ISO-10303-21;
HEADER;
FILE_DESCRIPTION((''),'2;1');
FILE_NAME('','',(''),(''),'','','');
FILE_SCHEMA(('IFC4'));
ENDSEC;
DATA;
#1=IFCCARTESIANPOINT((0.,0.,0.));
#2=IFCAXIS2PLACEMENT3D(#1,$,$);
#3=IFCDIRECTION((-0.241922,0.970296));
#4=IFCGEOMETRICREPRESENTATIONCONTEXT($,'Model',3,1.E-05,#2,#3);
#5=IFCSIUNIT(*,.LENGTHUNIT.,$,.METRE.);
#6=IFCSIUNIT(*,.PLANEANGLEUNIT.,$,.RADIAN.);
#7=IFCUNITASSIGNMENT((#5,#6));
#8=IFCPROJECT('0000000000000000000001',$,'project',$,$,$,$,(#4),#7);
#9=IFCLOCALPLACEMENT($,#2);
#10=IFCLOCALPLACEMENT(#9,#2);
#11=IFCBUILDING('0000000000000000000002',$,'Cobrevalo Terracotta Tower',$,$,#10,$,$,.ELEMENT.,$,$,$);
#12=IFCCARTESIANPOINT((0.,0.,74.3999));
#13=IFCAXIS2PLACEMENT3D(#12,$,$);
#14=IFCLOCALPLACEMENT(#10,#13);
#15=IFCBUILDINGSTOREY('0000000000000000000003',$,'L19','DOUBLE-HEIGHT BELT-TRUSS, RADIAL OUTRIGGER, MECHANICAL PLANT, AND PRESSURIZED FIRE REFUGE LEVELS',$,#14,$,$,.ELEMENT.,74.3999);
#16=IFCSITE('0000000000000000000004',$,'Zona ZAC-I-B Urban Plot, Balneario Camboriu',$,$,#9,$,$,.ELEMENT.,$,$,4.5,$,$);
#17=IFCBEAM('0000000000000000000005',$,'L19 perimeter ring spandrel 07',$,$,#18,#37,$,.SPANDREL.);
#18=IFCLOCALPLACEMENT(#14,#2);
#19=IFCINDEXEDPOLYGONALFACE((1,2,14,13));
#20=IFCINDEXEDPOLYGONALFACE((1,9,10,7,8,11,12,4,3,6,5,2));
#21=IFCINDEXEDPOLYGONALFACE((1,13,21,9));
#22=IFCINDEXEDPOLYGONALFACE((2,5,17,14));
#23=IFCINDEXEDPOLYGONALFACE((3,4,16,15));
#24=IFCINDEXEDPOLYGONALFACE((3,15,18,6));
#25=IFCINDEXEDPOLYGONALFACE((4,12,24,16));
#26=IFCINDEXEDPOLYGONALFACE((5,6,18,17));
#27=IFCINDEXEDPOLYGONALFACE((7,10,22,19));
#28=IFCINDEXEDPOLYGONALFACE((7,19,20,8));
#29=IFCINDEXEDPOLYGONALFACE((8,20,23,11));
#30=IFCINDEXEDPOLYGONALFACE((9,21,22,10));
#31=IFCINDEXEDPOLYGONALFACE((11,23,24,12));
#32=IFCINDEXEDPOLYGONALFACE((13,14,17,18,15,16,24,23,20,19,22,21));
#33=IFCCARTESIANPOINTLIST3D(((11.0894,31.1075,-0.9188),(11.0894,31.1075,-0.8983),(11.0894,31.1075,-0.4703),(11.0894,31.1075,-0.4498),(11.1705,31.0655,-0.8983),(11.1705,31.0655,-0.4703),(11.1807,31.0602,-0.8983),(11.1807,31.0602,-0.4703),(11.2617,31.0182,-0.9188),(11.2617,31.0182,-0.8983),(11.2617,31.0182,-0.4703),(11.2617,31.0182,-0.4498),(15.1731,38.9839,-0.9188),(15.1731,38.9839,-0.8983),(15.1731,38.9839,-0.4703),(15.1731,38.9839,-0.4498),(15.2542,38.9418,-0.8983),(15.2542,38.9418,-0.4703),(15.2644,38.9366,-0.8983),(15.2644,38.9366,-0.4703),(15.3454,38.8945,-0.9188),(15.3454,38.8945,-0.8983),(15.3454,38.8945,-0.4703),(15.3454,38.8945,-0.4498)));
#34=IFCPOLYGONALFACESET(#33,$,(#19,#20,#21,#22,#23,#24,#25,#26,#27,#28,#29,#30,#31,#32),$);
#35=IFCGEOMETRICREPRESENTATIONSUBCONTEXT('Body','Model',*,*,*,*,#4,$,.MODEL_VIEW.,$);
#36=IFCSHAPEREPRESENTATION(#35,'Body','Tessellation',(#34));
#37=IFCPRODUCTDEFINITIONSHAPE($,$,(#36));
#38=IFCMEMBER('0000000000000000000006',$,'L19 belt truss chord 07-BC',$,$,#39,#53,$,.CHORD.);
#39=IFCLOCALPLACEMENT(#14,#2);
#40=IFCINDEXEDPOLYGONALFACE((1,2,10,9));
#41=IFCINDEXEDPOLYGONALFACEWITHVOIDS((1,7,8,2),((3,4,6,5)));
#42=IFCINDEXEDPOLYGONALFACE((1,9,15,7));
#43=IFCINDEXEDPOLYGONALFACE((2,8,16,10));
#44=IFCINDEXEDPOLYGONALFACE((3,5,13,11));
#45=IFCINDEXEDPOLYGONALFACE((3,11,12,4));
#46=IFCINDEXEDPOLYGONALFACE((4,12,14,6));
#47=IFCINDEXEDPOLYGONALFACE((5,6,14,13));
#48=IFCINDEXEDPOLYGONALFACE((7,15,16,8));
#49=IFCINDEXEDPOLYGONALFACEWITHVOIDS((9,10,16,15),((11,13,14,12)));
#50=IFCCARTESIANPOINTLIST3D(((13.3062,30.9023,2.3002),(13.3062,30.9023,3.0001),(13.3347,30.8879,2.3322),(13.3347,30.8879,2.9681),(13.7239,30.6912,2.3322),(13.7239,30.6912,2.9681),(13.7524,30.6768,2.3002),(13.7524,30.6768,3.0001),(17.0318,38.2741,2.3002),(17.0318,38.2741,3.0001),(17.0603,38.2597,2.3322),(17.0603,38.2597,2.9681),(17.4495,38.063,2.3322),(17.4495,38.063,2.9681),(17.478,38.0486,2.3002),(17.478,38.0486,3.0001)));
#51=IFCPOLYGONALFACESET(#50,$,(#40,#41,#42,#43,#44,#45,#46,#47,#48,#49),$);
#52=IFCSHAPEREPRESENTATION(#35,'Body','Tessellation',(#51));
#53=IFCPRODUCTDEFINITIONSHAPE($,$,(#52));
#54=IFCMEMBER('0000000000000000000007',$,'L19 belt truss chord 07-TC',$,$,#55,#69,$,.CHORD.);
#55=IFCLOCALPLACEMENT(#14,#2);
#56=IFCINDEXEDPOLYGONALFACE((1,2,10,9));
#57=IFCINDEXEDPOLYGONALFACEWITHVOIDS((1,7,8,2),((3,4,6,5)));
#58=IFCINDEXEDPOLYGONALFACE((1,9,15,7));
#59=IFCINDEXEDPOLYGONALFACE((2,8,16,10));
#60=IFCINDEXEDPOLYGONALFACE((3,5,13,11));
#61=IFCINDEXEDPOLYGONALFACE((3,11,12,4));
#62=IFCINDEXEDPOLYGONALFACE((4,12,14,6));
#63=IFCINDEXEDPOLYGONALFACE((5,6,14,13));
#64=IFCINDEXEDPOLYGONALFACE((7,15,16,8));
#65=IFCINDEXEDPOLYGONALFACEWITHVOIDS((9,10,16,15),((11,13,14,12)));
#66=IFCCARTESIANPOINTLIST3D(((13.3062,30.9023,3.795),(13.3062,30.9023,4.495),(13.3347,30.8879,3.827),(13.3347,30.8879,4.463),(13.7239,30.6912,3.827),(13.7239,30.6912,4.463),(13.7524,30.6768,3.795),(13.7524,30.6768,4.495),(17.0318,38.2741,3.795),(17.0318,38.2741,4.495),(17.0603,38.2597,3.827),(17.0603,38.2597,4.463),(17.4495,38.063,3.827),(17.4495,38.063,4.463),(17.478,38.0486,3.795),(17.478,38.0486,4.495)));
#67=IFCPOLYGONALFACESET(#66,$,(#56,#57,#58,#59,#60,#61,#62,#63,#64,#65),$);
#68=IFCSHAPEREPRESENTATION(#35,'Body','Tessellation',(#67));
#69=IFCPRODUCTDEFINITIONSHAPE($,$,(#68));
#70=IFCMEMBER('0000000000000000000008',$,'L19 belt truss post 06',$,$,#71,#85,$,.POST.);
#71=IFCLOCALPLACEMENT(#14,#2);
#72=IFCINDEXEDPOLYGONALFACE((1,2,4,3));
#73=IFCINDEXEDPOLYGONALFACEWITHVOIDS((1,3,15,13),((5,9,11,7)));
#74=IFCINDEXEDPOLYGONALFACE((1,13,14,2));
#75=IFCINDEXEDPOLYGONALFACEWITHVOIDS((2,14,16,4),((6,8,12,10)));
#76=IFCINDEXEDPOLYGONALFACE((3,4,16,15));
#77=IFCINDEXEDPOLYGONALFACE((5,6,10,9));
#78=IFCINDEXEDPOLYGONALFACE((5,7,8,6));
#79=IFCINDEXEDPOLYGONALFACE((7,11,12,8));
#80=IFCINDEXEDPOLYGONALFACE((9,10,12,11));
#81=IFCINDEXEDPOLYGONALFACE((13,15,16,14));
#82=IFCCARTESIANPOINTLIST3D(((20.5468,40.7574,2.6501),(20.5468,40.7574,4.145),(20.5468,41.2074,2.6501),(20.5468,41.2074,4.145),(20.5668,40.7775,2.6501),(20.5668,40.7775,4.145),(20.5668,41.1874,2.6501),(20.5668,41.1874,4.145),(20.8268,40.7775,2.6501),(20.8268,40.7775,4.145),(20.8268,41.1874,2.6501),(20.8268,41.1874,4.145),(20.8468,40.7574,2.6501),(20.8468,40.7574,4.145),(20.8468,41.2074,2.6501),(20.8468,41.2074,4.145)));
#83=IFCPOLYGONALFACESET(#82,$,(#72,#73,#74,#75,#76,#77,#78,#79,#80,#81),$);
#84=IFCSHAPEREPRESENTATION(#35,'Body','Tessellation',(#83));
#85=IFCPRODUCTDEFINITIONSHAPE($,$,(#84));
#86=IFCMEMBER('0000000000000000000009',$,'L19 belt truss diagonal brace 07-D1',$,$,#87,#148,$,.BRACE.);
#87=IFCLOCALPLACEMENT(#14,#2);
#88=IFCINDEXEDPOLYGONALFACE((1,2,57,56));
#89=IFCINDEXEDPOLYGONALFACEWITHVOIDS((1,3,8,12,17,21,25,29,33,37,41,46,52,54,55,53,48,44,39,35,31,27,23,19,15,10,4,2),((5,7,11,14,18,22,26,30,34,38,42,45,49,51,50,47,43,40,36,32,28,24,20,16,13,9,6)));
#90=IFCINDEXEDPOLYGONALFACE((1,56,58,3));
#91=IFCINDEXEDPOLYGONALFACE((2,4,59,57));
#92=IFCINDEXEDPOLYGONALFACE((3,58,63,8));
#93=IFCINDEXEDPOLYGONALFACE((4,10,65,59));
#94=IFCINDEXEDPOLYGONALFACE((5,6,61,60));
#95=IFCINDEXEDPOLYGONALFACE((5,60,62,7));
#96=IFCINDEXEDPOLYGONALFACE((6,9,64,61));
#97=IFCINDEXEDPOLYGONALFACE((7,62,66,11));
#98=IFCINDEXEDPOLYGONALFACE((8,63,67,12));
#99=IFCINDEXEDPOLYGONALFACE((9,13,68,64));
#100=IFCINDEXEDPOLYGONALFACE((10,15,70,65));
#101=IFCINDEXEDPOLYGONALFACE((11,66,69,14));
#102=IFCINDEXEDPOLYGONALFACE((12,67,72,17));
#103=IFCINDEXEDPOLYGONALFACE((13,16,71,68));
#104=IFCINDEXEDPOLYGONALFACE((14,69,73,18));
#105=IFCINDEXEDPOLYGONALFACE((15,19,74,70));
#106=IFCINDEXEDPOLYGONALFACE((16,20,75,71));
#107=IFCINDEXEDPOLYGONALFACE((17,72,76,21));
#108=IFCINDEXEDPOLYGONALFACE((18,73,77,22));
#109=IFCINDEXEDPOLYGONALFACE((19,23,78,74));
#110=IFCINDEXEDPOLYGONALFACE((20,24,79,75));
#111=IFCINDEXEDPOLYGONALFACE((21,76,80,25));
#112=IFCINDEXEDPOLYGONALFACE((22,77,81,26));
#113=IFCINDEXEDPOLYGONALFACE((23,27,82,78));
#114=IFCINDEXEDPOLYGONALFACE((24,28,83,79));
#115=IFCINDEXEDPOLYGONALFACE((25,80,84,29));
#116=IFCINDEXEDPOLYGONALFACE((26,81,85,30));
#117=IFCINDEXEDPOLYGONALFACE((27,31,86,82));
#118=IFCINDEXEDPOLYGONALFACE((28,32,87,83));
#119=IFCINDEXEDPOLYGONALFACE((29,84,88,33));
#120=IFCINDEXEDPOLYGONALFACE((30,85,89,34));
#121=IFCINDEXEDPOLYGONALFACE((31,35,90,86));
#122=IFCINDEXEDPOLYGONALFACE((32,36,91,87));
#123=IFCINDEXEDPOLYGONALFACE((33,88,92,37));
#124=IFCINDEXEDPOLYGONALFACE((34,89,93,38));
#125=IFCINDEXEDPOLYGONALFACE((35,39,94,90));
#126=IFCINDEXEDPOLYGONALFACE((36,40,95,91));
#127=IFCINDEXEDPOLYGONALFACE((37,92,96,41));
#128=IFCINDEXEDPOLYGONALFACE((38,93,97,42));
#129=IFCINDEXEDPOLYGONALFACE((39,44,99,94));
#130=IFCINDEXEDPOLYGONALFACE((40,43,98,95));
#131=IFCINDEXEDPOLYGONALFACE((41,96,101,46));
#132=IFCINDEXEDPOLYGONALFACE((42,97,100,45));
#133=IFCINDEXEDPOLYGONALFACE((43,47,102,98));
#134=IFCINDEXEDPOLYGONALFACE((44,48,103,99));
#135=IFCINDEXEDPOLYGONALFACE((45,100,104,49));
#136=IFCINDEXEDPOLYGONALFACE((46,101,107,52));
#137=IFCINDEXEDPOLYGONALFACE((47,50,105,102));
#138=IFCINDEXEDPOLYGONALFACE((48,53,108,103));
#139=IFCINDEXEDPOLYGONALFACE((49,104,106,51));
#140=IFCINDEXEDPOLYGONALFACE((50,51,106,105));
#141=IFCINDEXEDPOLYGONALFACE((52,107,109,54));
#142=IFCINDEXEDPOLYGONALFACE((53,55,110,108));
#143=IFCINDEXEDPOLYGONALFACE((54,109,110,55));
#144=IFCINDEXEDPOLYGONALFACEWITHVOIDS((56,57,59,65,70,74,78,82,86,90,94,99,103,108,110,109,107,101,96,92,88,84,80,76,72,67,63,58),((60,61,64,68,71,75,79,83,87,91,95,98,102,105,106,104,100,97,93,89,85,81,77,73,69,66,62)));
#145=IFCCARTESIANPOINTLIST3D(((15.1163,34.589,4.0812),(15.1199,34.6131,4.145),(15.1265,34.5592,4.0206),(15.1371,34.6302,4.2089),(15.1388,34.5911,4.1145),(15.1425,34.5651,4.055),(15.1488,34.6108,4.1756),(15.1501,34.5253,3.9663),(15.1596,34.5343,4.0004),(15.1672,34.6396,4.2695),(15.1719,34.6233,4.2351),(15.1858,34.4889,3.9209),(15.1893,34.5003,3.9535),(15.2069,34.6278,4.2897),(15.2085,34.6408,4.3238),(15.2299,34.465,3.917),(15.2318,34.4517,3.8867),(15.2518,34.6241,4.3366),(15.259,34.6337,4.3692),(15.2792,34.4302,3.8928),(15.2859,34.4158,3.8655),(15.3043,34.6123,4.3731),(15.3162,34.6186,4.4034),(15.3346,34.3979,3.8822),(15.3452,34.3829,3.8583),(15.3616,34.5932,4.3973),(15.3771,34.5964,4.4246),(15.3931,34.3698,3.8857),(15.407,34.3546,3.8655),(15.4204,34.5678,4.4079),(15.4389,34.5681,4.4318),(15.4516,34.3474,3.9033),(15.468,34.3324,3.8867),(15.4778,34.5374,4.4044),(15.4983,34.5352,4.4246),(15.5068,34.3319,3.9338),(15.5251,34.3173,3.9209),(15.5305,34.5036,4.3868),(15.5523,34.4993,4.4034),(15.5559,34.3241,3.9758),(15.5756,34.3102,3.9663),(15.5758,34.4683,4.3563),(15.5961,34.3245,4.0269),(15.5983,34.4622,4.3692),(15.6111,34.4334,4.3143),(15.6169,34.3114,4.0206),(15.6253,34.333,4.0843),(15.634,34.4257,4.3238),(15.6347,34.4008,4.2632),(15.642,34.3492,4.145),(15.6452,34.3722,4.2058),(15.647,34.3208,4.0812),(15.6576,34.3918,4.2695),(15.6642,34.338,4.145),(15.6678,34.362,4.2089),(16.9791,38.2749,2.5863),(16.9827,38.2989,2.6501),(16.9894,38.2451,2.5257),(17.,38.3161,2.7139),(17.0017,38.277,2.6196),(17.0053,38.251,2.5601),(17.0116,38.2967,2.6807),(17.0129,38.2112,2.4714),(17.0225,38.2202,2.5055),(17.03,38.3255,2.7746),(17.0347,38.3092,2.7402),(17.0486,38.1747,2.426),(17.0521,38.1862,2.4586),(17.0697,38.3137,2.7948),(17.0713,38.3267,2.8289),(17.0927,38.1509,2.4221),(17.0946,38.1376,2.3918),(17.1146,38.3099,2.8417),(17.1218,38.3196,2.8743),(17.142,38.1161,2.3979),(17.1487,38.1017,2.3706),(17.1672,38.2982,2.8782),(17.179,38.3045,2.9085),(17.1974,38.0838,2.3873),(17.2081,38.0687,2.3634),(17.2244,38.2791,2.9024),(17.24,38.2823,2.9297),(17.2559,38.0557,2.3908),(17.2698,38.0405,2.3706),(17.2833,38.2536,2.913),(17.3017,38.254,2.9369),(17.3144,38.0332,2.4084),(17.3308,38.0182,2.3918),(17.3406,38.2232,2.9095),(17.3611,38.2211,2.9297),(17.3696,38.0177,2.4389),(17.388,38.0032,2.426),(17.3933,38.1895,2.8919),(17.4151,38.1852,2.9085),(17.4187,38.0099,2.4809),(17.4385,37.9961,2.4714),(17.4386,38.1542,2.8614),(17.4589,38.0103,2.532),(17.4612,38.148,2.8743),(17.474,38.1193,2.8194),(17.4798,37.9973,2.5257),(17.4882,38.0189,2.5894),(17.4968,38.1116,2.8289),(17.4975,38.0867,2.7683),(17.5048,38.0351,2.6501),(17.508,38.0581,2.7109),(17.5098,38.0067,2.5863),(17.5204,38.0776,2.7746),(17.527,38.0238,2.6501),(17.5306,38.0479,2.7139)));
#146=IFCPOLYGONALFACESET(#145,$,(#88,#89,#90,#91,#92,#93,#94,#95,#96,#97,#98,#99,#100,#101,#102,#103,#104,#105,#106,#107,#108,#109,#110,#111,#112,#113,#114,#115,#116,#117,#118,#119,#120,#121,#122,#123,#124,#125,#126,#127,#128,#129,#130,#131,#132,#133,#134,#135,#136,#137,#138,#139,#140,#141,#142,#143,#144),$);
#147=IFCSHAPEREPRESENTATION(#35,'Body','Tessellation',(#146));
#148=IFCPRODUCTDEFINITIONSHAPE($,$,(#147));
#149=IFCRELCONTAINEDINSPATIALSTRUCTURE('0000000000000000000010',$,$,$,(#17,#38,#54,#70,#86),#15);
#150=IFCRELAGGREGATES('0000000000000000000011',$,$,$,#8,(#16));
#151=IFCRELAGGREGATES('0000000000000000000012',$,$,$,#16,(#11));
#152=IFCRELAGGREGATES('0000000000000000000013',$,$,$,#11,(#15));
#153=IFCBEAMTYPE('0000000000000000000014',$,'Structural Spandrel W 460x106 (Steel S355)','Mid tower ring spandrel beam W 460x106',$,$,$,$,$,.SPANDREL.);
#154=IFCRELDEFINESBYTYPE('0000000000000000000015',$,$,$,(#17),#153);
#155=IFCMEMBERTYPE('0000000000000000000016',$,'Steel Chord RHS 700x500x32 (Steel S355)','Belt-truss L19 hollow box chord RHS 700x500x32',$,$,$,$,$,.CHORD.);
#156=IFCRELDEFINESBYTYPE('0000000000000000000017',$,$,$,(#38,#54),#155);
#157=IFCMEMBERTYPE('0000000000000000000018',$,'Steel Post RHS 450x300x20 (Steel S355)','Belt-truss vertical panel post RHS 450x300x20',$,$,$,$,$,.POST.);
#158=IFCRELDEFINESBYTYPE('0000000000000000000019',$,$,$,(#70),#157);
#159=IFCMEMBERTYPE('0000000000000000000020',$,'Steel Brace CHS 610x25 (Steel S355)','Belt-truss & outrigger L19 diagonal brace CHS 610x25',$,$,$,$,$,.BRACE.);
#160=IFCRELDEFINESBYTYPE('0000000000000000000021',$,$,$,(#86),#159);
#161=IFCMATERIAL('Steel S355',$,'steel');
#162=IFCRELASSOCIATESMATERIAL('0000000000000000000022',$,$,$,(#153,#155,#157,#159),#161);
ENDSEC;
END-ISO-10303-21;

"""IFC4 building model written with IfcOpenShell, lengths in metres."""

from ifc_helpers import new_model, si_unit, direction, frame, origin, origin_2d, place, context, subcontext, project, spatial, hollow_rectangle, hollow_circle, i_section, extrude, source, transform, mapped, material, material_profile, profile_set, type_object, element, save


model = new_model("IFC4")

# Units and contexts
model_context = context("Model", 3, precision=1e-05, world=origin(), true_north=direction((-0.241922, 0.970296)))
body_context = subcontext(model_context, "Body", "Model", "MODEL_VIEW")
ifc_project = project(units=[si_unit("LENGTHUNIT", "METRE"), si_unit("PLANEANGLEUNIT", "RADIAN")], contexts=[model_context])

# Site, building, storey
site_placement = place(None, origin())
site = spatial("IfcSite", under=ifc_project, at=site_placement, Name="Zona ZAC-I-B Urban Plot, Balneario Camboriu", CompositionType="ELEMENT", RefElevation=4.5)
building_placement = place(site_placement, origin())
building = spatial("IfcBuilding", under=site, at=building_placement, Name="Cobrevalo Terracotta Tower", CompositionType="ELEMENT")
storey_placement = place(building_placement, frame((0.0, 0.0, 74.3999)))
storey = spatial("IfcBuildingStorey", under=building, at=storey_placement, Name="L19", Description="DOUBLE-HEIGHT BELT-TRUSS, RADIAL OUTRIGGER, MECHANICAL PLANT, AND PRESSURIZED FIRE REFUGE LEVELS", CompositionType="ELEMENT", Elevation=74.3999)

# Shared definitions
ifc_material_1 = material(Name="Steel S355", Category="steel")

# Beam
ifc_material_profile_1 = material_profile(ifc_material_1, i_section(OverallWidth=0.1941, OverallDepth=0.469, WebThickness=0.0115, FlangeThickness=0.0205, at=origin_2d()), Name="W 460x106")
ifc_profile_set_1 = profile_set([ifc_material_profile_1], Name="Steel S355")
beam_type_1 = type_object("IfcBeamType", Name="Structural Spandrel W 460x106 (Steel S355)", Description="Mid tower ring spandrel beam W 460x106", PredefinedType="SPANDREL", material=ifc_profile_set_1)
beam_1_placement = place(storey_placement, frame((15.2593, 38.9392, -0.6843), z_axis=(-0.460286, -0.887771, 0.0), x_axis=(0.887771, -0.460286, 0.0)))
element("IfcBeam", 1, at=beam_1_placement, inside=storey, type_object=beam_type_1, Name="L19 perimeter ring spandrel 07", PredefinedType="SPANDREL", context=body_context, shape_type="SweptSolid", body=[
    extrude(i_section(OverallWidth=0.1941, OverallDepth=0.469, WebThickness=0.0115, FlangeThickness=0.0205, at=origin_2d()), origin(), (0.0, 0.0, 1.0), 8.8721),
])

# Members
ifc_material_profile_2 = material_profile(ifc_material_1, hollow_rectangle(XDim=0.5, YDim=0.7, WallThickness=0.032, at=origin_2d()), Name="RHS 700x500x32")
ifc_profile_set_2 = profile_set([ifc_material_profile_2], Name="Steel S355")
member_type_1 = type_object("IfcMemberType", Name="Steel Chord RHS 700x500x32 (Steel S355)", Description="Belt-truss L19 hollow box chord RHS 700x500x32", PredefinedType="CHORD", material=ifc_profile_set_2)
shared_shape_1 = source(origin(), body_context, "Body", "SweptSolid", [
    extrude(hollow_rectangle(XDim=0.5, YDim=0.7, WallThickness=0.032, at=origin_2d()), origin(), (0.0, 0.0, 1.0), 8.2598),
])
for number, where, z_axis, x_axis, name in (
    (2, (17.2549, 38.1614, 2.6501), (-0.451052, -0.892498, 0.0), (0.892498, -0.451052, 0.0), "L19 belt truss chord 07-BC"),
    (3, (17.2549, 38.1614, 4.145), (-0.451052, -0.892498, 0.0), (0.892498, -0.451052, 0.0), "L19 belt truss chord 07-TC"),
):
    element("IfcMember", number, at=place(storey_placement, frame(where, z_axis=z_axis, x_axis=x_axis)), inside=storey, type_object=member_type_1, Name=name, PredefinedType="CHORD", context=body_context, shape_type="MappedRepresentation", body=[
        mapped(shared_shape_1, transform((0.0, 0.0, 0.0), scale=1.0)),
    ])
ifc_material_profile_3 = material_profile(ifc_material_1, hollow_rectangle(XDim=0.3, YDim=0.45, WallThickness=0.02, at=origin_2d()), Name="RHS 450x300x20")
ifc_profile_set_3 = profile_set([ifc_material_profile_3], Name="Steel S355")
member_type_2 = type_object("IfcMemberType", Name="Steel Post RHS 450x300x20 (Steel S355)", Description="Belt-truss vertical panel post RHS 450x300x20", PredefinedType="POST", material=ifc_profile_set_3)
shared_shape_2 = source(origin(), body_context, "Body", "SweptSolid", [
    extrude(hollow_rectangle(XDim=0.3, YDim=0.45, WallThickness=0.02, at=origin_2d()), origin(), (0.0, 0.0, 1.0), 1.4949),
])
member_1_placement = place(storey_placement, frame((20.6968, 40.9824, 2.6501), z_axis=(0.0, 0.0, 1.0), x_axis=(1.0, 0.0, 0.0)))
element("IfcMember", 4, at=member_1_placement, inside=storey, type_object=member_type_2, Name="L19 belt truss post 06", PredefinedType="POST", context=body_context, shape_type="MappedRepresentation", body=[
    mapped(shared_shape_2, transform((0.0, 0.0, 0.0), scale=1.0)),
])
ifc_material_profile_4 = material_profile(ifc_material_1, hollow_circle(Radius=0.3049, WallThickness=0.0249, at=origin_2d()), Name="CHS 610x25")
ifc_profile_set_4 = profile_set([ifc_material_profile_4], Name="Steel S355")
member_type_3 = type_object("IfcMemberType", Name="Steel Brace CHS 610x25 (Steel S355)", Description="Belt-truss & outrigger L19 diagonal brace CHS 610x25", PredefinedType="BRACE", material=ifc_profile_set_4)
shared_shape_3 = source(origin(), body_context, "Body", "SweptSolid", [
    extrude(hollow_circle(Radius=0.3049, WallThickness=0.0249, at=origin_2d()), origin(), (0.0, 0.0, 1.0), 4.3921),
])
member_2_placement = place(storey_placement, frame((17.2549, 38.1614, 2.6501), z_axis=(-0.424133, -0.839205, 0.340362), x_axis=(0.892492, -0.451064, 0.0)))
element("IfcMember", 5, at=member_2_placement, inside=storey, type_object=member_type_3, Name="L19 belt truss diagonal brace 07-D1", PredefinedType="BRACE", context=body_context, shape_type="MappedRepresentation", body=[
    mapped(shared_shape_3, transform((0.0, 0.0, 0.0), scale=1.0)),
])

save(model, "model.ifc")
